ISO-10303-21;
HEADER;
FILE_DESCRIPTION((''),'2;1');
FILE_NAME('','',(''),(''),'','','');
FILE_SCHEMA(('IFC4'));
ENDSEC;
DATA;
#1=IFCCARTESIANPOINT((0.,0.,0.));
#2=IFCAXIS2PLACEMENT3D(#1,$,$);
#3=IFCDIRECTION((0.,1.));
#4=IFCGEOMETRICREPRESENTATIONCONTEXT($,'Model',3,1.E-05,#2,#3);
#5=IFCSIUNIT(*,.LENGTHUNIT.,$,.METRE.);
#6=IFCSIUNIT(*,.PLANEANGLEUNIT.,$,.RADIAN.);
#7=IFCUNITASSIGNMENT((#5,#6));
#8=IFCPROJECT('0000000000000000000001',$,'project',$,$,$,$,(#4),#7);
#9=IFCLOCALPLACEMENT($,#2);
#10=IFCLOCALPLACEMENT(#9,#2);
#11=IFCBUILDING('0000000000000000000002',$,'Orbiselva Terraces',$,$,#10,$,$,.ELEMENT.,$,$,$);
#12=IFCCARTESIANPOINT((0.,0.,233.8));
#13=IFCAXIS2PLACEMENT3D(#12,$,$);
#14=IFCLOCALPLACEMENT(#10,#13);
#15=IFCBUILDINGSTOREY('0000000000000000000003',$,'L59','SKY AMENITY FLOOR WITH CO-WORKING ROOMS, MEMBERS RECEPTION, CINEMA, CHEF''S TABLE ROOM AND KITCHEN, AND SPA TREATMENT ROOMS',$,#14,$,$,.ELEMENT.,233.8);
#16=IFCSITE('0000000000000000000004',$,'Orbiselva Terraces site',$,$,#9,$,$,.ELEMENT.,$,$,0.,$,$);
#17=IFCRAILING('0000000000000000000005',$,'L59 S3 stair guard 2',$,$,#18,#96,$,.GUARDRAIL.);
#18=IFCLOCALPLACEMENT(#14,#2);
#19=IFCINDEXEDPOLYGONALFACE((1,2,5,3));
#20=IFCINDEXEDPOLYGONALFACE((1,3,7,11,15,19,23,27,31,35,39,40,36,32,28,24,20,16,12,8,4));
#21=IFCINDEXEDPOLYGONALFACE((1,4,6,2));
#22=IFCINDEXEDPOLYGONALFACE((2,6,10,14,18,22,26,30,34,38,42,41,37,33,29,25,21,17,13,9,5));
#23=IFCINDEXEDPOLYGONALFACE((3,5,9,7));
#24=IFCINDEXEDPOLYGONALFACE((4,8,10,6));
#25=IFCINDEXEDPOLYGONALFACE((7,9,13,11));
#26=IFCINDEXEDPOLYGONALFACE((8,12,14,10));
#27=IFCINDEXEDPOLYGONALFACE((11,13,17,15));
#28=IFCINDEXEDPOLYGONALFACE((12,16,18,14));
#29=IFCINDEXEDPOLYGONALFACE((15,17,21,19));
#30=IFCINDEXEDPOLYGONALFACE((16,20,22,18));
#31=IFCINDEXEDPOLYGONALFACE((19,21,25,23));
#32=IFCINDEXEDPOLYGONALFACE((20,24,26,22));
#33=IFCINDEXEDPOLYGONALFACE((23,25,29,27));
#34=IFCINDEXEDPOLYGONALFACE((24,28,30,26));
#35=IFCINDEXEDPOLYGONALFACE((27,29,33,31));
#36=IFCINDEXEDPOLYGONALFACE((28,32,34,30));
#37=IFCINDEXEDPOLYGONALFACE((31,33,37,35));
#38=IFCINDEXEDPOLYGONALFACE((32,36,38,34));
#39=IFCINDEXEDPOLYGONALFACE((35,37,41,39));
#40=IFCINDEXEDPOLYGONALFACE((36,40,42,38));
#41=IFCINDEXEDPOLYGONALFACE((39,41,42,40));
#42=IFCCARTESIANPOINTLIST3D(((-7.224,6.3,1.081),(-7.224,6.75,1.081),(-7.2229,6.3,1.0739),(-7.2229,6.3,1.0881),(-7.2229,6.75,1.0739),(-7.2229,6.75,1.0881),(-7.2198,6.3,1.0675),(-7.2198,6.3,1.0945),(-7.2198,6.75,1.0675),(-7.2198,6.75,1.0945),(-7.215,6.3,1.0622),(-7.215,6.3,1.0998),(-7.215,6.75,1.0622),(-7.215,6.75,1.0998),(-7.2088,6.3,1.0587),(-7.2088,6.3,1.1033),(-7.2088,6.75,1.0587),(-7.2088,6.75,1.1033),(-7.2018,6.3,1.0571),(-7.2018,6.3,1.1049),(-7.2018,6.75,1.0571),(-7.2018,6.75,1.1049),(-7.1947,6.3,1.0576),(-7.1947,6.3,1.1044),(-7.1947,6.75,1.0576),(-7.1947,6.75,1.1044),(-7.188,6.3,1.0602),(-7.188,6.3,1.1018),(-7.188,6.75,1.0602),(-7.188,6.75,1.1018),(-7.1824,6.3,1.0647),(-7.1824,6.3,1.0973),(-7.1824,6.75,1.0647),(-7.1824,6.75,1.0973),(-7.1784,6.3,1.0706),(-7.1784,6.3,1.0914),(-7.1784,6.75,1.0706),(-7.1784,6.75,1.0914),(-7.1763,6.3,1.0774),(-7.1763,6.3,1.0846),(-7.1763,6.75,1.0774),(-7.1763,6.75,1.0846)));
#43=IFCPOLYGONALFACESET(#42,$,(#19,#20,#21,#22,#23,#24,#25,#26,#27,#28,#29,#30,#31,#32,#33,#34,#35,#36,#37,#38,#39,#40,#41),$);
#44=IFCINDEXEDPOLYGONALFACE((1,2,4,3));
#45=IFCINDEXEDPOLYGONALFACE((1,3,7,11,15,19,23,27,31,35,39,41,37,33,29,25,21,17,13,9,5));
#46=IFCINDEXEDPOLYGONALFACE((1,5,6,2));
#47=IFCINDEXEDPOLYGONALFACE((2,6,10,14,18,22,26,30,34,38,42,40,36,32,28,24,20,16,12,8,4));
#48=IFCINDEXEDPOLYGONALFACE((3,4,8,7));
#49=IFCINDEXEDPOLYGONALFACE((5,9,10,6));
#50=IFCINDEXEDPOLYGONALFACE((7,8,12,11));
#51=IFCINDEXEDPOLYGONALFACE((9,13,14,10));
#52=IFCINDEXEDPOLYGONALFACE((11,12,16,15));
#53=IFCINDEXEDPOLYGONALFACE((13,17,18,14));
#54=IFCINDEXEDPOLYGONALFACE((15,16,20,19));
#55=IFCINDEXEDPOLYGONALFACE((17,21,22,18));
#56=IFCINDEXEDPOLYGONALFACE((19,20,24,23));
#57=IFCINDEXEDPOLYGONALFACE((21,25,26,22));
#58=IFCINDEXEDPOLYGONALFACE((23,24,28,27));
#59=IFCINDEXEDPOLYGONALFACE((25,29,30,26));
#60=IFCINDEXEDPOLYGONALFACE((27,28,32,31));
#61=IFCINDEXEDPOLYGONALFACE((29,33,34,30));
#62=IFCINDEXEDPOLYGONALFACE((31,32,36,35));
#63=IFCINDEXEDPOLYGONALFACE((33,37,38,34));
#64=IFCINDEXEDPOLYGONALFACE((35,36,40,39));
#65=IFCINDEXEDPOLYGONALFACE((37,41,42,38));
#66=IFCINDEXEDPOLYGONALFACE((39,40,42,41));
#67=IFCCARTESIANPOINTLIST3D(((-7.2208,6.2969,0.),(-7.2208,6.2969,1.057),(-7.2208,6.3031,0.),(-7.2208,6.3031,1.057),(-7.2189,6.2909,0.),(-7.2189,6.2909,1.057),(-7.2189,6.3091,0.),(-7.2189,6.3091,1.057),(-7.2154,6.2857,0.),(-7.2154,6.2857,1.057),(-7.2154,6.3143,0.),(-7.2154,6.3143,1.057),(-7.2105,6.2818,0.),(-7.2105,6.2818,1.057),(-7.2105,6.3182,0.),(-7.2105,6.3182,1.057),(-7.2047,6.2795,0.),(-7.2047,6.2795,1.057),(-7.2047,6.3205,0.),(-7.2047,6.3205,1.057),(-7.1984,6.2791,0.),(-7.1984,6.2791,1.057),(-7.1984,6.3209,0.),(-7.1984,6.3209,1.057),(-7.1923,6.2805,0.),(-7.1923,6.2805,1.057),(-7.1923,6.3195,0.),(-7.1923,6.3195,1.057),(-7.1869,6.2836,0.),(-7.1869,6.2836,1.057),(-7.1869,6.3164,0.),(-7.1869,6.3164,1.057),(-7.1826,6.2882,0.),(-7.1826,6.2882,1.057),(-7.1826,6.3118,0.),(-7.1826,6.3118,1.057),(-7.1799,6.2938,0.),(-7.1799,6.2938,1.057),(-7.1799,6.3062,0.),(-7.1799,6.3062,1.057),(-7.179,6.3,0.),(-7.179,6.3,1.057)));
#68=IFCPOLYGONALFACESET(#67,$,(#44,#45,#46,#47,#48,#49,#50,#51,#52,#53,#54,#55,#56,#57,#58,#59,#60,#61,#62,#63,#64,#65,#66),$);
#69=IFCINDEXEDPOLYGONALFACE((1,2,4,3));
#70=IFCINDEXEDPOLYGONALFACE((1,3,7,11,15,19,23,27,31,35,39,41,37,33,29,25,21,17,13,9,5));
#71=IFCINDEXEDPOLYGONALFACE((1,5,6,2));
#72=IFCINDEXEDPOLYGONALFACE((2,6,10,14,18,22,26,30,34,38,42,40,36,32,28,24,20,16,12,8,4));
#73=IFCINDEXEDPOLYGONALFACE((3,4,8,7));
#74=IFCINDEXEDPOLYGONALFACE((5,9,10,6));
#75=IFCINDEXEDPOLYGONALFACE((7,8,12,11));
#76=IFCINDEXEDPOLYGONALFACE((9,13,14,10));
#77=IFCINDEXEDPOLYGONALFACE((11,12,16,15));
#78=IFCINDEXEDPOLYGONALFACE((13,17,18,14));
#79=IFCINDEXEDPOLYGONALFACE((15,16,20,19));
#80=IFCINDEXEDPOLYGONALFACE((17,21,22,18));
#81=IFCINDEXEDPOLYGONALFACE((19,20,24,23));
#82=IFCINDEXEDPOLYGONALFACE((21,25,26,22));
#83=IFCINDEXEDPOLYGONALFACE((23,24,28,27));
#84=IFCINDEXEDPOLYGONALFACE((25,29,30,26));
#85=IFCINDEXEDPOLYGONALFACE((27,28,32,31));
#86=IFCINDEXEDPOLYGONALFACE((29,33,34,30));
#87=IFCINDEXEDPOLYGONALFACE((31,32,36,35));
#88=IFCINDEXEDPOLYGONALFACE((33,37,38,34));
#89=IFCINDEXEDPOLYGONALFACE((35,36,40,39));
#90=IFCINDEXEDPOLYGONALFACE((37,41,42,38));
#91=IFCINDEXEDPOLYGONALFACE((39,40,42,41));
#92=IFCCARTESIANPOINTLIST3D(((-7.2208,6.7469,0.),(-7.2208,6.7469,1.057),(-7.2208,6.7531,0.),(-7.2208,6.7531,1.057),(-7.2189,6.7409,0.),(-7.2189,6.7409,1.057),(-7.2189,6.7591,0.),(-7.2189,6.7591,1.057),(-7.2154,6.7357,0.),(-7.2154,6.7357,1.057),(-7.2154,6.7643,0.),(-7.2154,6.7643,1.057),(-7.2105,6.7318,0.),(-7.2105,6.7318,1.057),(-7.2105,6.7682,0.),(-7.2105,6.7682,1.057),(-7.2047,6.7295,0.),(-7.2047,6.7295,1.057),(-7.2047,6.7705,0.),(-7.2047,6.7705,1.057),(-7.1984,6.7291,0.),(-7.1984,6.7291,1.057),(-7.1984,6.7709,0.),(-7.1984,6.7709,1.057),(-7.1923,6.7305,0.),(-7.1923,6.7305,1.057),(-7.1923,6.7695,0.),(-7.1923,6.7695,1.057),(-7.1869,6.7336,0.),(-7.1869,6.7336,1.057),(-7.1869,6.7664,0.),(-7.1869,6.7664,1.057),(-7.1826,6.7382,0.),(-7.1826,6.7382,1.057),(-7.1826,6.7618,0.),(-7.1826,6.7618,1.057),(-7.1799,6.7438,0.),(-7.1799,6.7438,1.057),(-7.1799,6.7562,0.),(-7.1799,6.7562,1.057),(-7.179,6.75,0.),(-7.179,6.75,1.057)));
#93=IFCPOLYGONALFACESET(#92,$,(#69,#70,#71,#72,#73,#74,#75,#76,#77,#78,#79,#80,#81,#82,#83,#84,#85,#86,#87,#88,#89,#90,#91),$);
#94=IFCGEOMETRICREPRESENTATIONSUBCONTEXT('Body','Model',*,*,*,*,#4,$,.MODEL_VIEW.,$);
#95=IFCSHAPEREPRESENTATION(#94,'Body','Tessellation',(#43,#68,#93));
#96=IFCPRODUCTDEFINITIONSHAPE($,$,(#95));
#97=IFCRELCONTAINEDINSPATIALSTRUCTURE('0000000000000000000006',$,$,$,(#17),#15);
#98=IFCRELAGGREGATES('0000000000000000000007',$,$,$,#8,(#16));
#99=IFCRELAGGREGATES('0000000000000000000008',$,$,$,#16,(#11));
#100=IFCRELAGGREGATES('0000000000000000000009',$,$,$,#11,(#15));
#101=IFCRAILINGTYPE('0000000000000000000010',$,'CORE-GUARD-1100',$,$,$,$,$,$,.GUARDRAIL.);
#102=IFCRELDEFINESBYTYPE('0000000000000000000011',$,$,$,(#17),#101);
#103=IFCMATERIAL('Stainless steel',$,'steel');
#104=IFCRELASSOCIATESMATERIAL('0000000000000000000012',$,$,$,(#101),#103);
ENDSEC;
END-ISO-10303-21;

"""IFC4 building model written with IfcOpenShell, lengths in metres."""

from ifc_helpers import new_model, si_unit, direction, frame, origin, origin_2d, place, context, subcontext, project, spatial, circle, extrude, material, type_object, element, save


model = new_model("IFC4")

# Units and contexts
model_context = context("Model", 3, precision=1e-05, world=origin(), true_north=direction((0.0, 1.0)))
body_context = subcontext(model_context, "Body", "Model", "MODEL_VIEW")
ifc_project = project(units=[si_unit("LENGTHUNIT", "METRE"), si_unit("PLANEANGLEUNIT", "RADIAN")], contexts=[model_context])

# Site, building, storey
site_placement = place(None, origin())
site = spatial("IfcSite", under=ifc_project, at=site_placement, Name="Orbiselva Terraces site", CompositionType="ELEMENT", RefElevation=0.0)
building_placement = place(site_placement, origin())
building = spatial("IfcBuilding", under=site, at=building_placement, Name="Orbiselva Terraces", CompositionType="ELEMENT")
storey_placement = place(building_placement, frame((0.0, 0.0, 233.8)))
storey = spatial("IfcBuildingStorey", under=building, at=storey_placement, Name="L59", Description="SKY AMENITY FLOOR WITH CO-WORKING ROOMS, MEMBERS RECEPTION, CINEMA, CHEF'S TABLE ROOM AND KITCHEN, AND SPA TREATMENT ROOMS", CompositionType="ELEMENT", Elevation=233.8)

# Railing
ifc_material_1 = material(Name="Stainless steel", Category="steel")
railing_type_1 = type_object("IfcRailingType", Name="CORE-GUARD-1100", PredefinedType="GUARDRAIL", material=ifc_material_1)
railing_1_placement = place(storey_placement, frame((-7.2, 6.3, 0.0)))
element("IfcRailing", 1, at=railing_1_placement, inside=storey, type_object=railing_type_1, Name="L59 S3 stair guard 2", PredefinedType="GUARDRAIL", context=body_context, shape_type="SweptSolid", body=[
    extrude(circle(Radius=0.024, at=origin_2d()), frame((0.0, 0.0, 1.081), z_axis=(0.0, 1.0, 0.0), x_axis=(-1.0, 0.0, 0.0)), (0.0, 0.0, 1.0), 0.45),
    extrude(circle(Radius=0.021, at=origin_2d()), origin(), (0.0, 0.0, 1.0), 1.057),
    extrude(circle(Radius=0.021, at=origin_2d()), frame((0.0, 0.45, 0.0)), (0.0, 0.0, 1.0), 1.057),
])

save(model, "model.ifc")
